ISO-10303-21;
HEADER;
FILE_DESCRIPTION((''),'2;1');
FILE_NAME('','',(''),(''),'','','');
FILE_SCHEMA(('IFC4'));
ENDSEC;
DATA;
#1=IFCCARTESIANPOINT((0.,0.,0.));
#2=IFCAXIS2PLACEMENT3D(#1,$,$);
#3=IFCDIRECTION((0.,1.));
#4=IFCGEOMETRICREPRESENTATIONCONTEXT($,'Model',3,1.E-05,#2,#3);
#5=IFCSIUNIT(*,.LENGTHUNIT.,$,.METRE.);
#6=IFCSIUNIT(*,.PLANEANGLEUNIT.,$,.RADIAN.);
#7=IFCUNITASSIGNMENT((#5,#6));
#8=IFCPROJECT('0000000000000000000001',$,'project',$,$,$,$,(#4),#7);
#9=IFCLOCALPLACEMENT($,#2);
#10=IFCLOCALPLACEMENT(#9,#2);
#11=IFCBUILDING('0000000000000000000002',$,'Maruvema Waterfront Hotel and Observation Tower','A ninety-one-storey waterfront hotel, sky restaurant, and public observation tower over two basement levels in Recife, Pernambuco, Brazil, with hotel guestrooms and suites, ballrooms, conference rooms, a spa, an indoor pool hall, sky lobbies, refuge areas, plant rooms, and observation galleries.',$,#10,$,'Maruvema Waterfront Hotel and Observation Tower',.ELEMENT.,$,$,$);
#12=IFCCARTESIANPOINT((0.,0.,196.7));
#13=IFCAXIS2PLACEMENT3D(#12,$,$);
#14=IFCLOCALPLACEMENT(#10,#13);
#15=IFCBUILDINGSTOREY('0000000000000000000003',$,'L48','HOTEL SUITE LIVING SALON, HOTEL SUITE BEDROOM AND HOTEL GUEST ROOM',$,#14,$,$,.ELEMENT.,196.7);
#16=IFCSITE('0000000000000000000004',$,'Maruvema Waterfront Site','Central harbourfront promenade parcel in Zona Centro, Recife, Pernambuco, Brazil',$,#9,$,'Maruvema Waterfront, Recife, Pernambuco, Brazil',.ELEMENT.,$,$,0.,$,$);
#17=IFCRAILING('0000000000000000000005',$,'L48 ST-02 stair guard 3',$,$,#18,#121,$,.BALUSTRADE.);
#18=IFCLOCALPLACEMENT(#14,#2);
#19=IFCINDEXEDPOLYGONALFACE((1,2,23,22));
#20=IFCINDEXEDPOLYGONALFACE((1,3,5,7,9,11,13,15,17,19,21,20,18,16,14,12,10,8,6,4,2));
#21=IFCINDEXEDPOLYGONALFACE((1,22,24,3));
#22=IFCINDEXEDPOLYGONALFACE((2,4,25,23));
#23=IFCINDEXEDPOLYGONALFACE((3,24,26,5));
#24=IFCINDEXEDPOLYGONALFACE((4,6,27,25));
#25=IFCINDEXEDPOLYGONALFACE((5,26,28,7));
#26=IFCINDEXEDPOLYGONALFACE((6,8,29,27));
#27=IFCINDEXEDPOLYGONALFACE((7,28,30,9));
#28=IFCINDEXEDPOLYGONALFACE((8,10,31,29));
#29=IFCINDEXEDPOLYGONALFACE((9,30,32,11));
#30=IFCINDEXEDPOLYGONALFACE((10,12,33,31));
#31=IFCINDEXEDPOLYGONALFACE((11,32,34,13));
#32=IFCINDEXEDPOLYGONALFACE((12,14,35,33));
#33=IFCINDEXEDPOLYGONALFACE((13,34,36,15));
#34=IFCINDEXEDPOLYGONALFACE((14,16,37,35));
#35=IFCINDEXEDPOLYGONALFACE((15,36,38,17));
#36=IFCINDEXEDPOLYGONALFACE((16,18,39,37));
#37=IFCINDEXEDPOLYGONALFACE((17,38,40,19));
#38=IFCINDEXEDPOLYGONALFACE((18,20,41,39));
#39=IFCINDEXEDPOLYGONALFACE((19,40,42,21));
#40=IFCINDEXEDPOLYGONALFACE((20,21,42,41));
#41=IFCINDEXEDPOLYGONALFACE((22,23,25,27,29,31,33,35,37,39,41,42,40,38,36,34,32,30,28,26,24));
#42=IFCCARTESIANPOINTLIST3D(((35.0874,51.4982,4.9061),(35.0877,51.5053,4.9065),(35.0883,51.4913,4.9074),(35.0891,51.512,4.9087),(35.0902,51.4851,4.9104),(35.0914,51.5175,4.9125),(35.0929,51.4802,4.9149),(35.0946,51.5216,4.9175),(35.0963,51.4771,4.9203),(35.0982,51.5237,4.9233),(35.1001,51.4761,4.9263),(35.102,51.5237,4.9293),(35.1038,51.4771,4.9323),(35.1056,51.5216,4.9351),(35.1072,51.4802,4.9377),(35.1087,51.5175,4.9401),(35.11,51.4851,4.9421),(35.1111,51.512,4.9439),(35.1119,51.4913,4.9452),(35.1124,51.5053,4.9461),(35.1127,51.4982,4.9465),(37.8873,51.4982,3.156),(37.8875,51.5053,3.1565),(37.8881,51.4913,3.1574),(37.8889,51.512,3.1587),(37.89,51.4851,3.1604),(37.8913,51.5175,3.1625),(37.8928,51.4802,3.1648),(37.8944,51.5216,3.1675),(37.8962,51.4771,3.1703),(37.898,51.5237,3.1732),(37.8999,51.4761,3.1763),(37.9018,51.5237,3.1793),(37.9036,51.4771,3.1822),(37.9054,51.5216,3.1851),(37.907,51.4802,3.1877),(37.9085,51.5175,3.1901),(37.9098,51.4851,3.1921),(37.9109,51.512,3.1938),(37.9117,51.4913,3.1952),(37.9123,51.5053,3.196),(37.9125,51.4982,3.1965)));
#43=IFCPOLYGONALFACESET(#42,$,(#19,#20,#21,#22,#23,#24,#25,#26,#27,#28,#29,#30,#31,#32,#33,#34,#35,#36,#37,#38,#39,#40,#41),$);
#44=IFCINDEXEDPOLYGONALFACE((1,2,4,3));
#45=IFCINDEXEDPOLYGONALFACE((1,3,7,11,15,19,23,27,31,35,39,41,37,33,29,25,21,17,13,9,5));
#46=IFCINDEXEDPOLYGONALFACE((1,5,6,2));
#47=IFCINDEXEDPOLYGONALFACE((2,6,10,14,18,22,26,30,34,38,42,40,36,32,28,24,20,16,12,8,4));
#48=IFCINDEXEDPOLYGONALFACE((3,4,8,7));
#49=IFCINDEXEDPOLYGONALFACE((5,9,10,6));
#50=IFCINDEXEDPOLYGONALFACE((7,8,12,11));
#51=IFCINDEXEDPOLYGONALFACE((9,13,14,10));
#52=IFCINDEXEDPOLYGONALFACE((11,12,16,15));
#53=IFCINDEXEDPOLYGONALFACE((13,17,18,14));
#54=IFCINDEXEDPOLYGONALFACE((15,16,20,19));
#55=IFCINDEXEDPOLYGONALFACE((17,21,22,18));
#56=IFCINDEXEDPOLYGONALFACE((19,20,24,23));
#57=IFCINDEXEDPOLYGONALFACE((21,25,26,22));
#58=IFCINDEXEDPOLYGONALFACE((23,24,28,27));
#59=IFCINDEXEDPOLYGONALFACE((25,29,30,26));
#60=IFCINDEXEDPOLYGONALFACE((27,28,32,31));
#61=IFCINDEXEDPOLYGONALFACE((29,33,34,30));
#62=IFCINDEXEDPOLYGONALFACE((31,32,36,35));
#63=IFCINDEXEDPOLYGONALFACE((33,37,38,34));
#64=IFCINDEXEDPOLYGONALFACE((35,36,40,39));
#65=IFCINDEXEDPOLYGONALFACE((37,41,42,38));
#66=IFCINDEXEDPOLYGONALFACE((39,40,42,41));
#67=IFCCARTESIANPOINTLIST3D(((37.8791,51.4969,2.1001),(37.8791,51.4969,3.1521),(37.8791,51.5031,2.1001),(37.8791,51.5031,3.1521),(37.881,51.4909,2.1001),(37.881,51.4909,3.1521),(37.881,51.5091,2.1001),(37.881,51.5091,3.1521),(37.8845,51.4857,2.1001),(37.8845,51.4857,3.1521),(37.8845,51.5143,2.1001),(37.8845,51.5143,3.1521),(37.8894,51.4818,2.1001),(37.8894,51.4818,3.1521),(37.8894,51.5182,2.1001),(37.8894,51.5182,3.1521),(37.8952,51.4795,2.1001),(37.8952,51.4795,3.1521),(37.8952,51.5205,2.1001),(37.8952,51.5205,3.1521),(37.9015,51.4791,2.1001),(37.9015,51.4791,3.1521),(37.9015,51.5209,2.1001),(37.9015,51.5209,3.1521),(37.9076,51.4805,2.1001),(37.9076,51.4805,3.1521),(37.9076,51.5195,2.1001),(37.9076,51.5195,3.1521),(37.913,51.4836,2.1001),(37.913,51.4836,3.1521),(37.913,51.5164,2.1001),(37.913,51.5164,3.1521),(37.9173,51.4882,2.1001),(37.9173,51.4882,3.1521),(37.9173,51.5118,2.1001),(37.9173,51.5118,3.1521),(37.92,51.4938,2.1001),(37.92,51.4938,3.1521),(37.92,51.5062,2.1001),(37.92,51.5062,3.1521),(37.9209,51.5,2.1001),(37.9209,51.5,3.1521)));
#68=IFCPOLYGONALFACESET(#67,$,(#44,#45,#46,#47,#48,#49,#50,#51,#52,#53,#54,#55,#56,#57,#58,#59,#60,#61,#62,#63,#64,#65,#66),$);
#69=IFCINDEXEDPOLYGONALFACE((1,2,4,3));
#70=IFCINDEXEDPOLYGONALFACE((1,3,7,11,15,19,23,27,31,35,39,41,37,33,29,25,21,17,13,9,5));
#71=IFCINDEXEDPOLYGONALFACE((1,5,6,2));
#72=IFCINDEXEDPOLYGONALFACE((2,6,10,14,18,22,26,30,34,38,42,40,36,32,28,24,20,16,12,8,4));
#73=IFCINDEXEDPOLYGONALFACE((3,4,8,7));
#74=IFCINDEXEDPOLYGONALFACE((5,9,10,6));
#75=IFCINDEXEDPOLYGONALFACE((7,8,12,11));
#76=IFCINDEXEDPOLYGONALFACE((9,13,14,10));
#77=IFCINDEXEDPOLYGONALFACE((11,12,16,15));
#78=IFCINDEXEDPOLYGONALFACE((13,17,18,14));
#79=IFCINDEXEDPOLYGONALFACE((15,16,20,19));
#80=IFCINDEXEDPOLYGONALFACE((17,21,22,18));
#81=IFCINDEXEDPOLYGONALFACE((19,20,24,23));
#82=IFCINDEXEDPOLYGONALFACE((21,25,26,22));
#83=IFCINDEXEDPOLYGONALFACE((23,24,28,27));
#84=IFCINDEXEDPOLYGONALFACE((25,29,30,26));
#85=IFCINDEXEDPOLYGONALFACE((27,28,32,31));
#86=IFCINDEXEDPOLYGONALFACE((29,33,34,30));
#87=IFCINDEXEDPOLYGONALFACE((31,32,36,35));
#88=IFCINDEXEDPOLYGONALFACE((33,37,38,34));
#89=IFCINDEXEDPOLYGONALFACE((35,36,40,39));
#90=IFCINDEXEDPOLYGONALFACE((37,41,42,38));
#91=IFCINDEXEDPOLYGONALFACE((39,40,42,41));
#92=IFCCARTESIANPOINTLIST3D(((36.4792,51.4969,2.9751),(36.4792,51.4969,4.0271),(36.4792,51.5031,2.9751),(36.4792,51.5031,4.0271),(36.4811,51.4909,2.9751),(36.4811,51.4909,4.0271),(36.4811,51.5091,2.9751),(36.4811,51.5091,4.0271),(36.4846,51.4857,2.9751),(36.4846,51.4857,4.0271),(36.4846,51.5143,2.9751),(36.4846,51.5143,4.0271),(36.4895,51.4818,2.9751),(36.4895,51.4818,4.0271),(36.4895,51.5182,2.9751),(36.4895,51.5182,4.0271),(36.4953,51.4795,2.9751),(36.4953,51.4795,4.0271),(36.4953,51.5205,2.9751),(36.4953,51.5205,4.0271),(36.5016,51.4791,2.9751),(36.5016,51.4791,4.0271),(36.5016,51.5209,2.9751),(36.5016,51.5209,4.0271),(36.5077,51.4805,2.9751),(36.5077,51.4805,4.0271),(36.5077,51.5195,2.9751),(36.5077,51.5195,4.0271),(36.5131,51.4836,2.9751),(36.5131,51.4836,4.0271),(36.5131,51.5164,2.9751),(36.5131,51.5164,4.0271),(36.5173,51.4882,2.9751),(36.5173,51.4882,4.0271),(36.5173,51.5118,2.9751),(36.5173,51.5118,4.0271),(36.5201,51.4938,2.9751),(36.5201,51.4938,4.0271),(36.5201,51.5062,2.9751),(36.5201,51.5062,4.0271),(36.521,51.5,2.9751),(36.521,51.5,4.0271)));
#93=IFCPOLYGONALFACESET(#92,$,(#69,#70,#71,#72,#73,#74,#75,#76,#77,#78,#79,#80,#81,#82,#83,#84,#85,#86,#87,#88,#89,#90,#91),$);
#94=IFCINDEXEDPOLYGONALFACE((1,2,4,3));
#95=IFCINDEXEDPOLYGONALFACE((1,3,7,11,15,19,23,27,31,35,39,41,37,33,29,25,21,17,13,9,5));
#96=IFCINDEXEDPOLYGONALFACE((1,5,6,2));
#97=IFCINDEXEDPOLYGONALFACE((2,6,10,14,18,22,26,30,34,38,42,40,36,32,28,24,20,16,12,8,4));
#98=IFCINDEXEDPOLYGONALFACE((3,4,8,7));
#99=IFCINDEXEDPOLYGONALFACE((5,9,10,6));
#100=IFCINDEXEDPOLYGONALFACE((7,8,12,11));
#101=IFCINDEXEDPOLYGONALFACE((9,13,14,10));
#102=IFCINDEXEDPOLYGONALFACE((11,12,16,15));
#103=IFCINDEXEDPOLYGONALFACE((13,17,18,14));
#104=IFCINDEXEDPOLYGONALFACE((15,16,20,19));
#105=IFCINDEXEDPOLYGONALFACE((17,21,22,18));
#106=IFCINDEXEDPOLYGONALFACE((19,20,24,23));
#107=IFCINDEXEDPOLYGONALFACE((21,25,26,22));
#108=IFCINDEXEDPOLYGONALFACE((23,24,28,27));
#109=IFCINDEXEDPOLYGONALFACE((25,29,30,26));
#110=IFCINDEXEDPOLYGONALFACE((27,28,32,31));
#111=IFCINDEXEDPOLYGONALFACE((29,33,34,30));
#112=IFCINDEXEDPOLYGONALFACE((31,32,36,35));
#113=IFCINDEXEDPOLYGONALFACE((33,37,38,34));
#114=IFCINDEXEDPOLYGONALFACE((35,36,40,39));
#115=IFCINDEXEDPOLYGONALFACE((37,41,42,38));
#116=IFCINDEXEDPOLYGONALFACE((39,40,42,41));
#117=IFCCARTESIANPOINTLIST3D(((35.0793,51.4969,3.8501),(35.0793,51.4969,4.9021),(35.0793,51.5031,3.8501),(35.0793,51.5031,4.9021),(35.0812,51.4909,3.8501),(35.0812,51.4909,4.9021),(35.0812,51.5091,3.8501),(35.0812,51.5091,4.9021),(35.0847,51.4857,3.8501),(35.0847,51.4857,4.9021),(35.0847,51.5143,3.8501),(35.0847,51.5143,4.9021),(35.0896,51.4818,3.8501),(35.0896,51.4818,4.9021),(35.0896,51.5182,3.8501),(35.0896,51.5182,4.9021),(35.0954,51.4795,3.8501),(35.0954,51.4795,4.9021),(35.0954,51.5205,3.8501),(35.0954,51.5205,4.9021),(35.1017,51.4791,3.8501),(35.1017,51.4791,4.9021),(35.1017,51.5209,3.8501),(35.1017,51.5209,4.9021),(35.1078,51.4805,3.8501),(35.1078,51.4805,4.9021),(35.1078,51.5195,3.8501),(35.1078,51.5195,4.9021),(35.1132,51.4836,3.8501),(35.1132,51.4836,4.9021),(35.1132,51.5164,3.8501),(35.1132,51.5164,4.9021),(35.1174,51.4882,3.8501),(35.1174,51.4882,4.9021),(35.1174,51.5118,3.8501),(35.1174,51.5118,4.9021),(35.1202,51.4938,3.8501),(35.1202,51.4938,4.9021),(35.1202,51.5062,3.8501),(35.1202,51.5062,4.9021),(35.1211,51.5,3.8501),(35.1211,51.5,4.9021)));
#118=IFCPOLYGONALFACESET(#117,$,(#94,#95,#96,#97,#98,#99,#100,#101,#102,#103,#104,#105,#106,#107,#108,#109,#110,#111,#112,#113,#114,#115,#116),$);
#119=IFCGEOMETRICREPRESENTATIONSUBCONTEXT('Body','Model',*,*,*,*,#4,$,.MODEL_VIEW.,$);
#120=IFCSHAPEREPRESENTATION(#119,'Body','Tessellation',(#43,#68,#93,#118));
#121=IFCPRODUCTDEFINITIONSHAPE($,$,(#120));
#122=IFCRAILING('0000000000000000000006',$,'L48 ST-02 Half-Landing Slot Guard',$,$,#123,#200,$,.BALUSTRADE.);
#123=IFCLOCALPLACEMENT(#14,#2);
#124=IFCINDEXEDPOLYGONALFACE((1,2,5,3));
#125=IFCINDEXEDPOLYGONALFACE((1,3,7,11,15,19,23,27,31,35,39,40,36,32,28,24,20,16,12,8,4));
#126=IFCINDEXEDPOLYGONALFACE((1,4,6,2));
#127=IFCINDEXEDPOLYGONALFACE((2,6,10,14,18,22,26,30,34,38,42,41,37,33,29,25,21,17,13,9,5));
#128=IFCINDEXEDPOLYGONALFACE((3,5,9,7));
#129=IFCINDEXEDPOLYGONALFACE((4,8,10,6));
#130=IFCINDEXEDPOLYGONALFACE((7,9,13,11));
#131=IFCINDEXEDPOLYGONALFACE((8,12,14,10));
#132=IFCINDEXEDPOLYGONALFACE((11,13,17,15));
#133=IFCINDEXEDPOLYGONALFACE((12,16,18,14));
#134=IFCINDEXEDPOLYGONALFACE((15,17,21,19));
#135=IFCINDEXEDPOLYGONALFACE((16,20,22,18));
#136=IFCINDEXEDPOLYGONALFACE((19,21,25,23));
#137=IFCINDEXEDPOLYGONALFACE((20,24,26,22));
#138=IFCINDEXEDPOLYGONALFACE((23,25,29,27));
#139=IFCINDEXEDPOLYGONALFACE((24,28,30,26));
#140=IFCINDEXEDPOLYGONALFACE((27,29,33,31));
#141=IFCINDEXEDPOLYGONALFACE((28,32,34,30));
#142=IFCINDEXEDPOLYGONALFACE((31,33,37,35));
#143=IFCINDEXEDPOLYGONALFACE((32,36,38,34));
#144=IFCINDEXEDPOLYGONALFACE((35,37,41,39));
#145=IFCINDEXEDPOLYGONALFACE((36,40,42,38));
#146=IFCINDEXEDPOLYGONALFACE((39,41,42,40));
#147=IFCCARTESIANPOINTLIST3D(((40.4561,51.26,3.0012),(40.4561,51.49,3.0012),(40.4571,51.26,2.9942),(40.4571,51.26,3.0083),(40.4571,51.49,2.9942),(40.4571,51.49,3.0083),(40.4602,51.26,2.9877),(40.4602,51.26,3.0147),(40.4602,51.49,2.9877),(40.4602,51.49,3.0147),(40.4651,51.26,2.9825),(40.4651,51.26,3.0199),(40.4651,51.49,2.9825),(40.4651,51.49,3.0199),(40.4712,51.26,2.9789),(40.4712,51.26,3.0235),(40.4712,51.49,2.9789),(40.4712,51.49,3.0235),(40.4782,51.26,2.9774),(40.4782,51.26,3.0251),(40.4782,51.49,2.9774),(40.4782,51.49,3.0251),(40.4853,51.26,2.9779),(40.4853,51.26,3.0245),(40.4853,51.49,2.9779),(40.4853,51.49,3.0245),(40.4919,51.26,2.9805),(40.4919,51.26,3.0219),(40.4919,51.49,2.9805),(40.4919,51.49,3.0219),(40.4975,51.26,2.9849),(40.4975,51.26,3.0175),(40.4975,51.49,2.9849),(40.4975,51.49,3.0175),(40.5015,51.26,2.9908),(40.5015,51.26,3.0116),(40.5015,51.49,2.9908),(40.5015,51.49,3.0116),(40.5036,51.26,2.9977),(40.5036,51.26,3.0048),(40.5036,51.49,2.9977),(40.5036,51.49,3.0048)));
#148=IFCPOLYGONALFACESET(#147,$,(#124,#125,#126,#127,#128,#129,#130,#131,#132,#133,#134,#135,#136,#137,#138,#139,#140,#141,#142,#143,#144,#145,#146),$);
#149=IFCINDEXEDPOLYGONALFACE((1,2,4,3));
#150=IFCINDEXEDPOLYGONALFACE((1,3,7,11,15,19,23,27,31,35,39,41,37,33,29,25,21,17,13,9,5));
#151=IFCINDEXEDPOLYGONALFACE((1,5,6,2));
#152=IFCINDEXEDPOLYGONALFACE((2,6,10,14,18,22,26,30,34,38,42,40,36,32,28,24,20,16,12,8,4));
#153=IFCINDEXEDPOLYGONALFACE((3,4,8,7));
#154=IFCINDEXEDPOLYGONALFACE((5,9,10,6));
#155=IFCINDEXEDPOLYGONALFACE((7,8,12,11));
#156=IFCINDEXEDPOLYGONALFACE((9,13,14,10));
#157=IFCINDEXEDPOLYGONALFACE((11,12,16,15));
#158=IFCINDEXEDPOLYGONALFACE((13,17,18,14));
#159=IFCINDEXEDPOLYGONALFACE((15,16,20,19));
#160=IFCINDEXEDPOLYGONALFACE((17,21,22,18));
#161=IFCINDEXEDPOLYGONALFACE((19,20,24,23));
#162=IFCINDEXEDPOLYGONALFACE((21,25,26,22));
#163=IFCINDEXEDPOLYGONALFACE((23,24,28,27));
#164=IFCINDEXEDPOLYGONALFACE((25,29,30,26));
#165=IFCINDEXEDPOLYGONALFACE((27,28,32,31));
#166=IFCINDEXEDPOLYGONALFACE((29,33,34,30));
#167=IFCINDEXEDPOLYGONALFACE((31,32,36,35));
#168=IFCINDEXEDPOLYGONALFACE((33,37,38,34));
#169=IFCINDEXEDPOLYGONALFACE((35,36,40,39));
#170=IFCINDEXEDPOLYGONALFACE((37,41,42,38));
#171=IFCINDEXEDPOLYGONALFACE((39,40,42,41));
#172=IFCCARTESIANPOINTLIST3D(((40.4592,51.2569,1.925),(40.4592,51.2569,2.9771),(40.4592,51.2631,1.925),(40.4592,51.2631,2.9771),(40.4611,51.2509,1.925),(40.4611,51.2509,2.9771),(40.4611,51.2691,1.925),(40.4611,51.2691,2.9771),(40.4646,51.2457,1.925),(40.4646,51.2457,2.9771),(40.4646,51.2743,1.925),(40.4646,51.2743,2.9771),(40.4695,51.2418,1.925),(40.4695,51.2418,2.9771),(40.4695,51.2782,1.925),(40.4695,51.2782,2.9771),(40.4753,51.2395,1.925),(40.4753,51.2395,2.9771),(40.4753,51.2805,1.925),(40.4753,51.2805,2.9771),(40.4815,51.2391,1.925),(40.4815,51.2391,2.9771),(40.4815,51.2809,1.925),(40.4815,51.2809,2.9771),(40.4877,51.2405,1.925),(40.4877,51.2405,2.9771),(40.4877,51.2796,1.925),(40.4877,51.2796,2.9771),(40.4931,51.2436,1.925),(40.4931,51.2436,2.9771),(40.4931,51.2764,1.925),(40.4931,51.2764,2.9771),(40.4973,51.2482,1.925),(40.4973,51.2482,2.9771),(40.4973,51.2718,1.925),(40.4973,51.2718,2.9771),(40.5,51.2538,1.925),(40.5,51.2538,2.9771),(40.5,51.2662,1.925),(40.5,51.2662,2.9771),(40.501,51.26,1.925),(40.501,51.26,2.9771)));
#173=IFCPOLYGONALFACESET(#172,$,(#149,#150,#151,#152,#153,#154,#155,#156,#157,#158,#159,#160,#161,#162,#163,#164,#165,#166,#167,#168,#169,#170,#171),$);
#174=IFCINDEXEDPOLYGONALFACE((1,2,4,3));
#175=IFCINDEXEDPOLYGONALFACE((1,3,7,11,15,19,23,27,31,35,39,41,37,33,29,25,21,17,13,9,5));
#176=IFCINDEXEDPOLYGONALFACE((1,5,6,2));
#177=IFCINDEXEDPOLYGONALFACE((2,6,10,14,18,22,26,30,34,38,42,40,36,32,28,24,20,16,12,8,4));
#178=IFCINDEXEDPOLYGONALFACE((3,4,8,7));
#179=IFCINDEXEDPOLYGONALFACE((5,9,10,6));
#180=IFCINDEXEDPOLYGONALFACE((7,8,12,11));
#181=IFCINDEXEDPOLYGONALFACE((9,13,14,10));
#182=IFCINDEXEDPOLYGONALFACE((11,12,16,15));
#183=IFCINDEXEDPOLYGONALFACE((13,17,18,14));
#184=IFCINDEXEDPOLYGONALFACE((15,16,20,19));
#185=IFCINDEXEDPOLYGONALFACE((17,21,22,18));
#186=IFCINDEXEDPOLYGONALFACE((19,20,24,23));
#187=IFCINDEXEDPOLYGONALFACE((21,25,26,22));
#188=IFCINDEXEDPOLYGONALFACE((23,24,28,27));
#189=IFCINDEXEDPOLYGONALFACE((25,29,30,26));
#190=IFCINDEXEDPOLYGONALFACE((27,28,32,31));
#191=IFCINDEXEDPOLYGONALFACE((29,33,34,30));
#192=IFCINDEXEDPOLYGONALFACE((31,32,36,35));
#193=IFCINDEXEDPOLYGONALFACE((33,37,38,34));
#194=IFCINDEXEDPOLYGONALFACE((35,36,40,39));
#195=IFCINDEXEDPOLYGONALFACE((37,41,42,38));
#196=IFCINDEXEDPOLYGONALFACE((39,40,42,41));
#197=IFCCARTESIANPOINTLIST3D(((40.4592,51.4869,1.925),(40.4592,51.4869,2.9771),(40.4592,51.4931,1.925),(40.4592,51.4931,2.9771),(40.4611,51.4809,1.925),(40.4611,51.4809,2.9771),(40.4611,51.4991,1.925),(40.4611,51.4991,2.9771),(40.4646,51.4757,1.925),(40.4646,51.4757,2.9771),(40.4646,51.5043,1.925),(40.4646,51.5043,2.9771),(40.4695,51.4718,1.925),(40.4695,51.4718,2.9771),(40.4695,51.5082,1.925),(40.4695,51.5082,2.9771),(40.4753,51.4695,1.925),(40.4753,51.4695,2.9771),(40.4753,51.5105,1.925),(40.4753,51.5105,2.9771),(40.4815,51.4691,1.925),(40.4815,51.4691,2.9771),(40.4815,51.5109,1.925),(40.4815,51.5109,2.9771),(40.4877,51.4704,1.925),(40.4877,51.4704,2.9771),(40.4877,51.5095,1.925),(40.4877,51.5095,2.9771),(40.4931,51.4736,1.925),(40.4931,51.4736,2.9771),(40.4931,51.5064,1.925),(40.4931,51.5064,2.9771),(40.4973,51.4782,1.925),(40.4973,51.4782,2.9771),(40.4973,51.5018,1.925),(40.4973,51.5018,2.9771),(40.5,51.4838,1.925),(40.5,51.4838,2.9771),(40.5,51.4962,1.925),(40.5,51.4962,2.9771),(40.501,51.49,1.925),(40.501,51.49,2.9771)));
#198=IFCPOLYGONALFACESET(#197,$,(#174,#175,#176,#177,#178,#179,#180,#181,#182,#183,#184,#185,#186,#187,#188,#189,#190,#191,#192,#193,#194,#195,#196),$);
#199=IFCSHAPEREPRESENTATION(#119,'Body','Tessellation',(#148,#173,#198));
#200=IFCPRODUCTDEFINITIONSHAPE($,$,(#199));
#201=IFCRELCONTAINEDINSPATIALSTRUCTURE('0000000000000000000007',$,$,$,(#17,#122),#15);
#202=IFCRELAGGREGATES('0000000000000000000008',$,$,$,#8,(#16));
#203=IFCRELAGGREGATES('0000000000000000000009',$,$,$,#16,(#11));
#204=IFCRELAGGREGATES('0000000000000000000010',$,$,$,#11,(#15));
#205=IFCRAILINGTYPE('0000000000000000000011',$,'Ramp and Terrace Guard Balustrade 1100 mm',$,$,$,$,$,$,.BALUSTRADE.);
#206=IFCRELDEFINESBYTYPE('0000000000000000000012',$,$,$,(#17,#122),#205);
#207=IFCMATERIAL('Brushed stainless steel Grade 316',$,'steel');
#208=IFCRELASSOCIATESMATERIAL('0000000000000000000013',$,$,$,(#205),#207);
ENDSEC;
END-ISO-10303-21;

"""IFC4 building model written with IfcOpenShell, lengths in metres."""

from ifc_helpers import new_model, si_unit, direction, frame, origin, origin_2d, place, context, subcontext, project, spatial, circle, extrude, material, type_object, element, save


model = new_model("IFC4")

# Units and contexts
model_context = context("Model", 3, precision=1e-05, world=origin(), true_north=direction((0.0, 1.0)))
body_context = subcontext(model_context, "Body", "Model", "MODEL_VIEW")
ifc_project = project(units=[si_unit("LENGTHUNIT", "METRE"), si_unit("PLANEANGLEUNIT", "RADIAN")], contexts=[model_context])

# Site, building, storey
site_placement = place(None, origin())
site = spatial("IfcSite", under=ifc_project, at=site_placement, Name="Maruvema Waterfront Site", Description="Central harbourfront promenade parcel in Zona Centro, Recife, Pernambuco, Brazil", LongName="Maruvema Waterfront, Recife, Pernambuco, Brazil", CompositionType="ELEMENT", RefElevation=0.0)
building_placement = place(site_placement, origin())
building = spatial("IfcBuilding", under=site, at=building_placement, Name="Maruvema Waterfront Hotel and Observation Tower", Description="A ninety-one-storey waterfront hotel, sky restaurant, and public observation tower over two basement levels in Recife, Pernambuco, Brazil, with hotel guestrooms and suites, ballrooms, conference rooms, a spa, an indoor pool hall, sky lobbies, refuge areas, plant rooms, and observation galleries.", LongName="Maruvema Waterfront Hotel and Observation Tower", CompositionType="ELEMENT")
storey_placement = place(building_placement, frame((0.0, 0.0, 196.7)))
storey = spatial("IfcBuildingStorey", under=building, at=storey_placement, Name="L48", Description="HOTEL SUITE LIVING SALON, HOTEL SUITE BEDROOM AND HOTEL GUEST ROOM", CompositionType="ELEMENT", Elevation=196.7)

# Railings
ifc_material_1 = material(Name="Brushed stainless steel Grade 316", Category="steel")
railing_type_1 = type_object("IfcRailingType", Name="Ramp and Terrace Guard Balustrade 1100 mm", PredefinedType="BALUSTRADE", material=ifc_material_1)
railing_1_placement = place(storey_placement, frame((37.8999, 51.5, 2.1001)))
element("IfcRailing", 1, at=railing_1_placement, inside=storey, type_object=railing_type_1, Name="L48 ST-02 stair guard 3", PredefinedType="BALUSTRADE", context=body_context, shape_type="SweptSolid", body=[
    extrude(circle(Radius=0.0239, at=origin_2d()), frame((0.0, 0.0, 1.0762), z_axis=(-0.847982, 0.0, 0.530026), x_axis=(0.0, -1.0, 0.0)), (0.0, 0.0, 1.0), 3.3018),
    extrude(circle(Radius=0.021, at=origin_2d()), origin(), (0.0, 0.0, 1.0), 1.052),
    extrude(circle(Radius=0.021, at=origin_2d()), frame((-1.3999, 0.0, 0.875)), (0.0, 0.0, 1.0), 1.052),
    extrude(circle(Radius=0.021, at=origin_2d()), frame((-2.7998, 0.0, 1.75)), (0.0, 0.0, 1.0), 1.052),
])
railing_2_placement = place(storey_placement, frame((40.48, 51.26, 1.925)))
element("IfcRailing", 2, at=railing_2_placement, inside=storey, type_object=railing_type_1, Name="L48 ST-02 Half-Landing Slot Guard", PredefinedType="BALUSTRADE", context=body_context, shape_type="SweptSolid", body=[
    extrude(circle(Radius=0.0239, at=origin_2d()), frame((0.0, 0.0, 1.0762), z_axis=(0.0, 1.0, 0.0), x_axis=(-1.0, 0.0, 0.0)), (0.0, 0.0, 1.0), 0.23),
    extrude(circle(Radius=0.021, at=origin_2d()), origin(), (0.0, 0.0, 1.0), 1.052),
    extrude(circle(Radius=0.021, at=origin_2d()), frame((0.0, 0.23, 0.0)), (0.0, 0.0, 1.0), 1.052),
])

save(model, "model.ifc")
